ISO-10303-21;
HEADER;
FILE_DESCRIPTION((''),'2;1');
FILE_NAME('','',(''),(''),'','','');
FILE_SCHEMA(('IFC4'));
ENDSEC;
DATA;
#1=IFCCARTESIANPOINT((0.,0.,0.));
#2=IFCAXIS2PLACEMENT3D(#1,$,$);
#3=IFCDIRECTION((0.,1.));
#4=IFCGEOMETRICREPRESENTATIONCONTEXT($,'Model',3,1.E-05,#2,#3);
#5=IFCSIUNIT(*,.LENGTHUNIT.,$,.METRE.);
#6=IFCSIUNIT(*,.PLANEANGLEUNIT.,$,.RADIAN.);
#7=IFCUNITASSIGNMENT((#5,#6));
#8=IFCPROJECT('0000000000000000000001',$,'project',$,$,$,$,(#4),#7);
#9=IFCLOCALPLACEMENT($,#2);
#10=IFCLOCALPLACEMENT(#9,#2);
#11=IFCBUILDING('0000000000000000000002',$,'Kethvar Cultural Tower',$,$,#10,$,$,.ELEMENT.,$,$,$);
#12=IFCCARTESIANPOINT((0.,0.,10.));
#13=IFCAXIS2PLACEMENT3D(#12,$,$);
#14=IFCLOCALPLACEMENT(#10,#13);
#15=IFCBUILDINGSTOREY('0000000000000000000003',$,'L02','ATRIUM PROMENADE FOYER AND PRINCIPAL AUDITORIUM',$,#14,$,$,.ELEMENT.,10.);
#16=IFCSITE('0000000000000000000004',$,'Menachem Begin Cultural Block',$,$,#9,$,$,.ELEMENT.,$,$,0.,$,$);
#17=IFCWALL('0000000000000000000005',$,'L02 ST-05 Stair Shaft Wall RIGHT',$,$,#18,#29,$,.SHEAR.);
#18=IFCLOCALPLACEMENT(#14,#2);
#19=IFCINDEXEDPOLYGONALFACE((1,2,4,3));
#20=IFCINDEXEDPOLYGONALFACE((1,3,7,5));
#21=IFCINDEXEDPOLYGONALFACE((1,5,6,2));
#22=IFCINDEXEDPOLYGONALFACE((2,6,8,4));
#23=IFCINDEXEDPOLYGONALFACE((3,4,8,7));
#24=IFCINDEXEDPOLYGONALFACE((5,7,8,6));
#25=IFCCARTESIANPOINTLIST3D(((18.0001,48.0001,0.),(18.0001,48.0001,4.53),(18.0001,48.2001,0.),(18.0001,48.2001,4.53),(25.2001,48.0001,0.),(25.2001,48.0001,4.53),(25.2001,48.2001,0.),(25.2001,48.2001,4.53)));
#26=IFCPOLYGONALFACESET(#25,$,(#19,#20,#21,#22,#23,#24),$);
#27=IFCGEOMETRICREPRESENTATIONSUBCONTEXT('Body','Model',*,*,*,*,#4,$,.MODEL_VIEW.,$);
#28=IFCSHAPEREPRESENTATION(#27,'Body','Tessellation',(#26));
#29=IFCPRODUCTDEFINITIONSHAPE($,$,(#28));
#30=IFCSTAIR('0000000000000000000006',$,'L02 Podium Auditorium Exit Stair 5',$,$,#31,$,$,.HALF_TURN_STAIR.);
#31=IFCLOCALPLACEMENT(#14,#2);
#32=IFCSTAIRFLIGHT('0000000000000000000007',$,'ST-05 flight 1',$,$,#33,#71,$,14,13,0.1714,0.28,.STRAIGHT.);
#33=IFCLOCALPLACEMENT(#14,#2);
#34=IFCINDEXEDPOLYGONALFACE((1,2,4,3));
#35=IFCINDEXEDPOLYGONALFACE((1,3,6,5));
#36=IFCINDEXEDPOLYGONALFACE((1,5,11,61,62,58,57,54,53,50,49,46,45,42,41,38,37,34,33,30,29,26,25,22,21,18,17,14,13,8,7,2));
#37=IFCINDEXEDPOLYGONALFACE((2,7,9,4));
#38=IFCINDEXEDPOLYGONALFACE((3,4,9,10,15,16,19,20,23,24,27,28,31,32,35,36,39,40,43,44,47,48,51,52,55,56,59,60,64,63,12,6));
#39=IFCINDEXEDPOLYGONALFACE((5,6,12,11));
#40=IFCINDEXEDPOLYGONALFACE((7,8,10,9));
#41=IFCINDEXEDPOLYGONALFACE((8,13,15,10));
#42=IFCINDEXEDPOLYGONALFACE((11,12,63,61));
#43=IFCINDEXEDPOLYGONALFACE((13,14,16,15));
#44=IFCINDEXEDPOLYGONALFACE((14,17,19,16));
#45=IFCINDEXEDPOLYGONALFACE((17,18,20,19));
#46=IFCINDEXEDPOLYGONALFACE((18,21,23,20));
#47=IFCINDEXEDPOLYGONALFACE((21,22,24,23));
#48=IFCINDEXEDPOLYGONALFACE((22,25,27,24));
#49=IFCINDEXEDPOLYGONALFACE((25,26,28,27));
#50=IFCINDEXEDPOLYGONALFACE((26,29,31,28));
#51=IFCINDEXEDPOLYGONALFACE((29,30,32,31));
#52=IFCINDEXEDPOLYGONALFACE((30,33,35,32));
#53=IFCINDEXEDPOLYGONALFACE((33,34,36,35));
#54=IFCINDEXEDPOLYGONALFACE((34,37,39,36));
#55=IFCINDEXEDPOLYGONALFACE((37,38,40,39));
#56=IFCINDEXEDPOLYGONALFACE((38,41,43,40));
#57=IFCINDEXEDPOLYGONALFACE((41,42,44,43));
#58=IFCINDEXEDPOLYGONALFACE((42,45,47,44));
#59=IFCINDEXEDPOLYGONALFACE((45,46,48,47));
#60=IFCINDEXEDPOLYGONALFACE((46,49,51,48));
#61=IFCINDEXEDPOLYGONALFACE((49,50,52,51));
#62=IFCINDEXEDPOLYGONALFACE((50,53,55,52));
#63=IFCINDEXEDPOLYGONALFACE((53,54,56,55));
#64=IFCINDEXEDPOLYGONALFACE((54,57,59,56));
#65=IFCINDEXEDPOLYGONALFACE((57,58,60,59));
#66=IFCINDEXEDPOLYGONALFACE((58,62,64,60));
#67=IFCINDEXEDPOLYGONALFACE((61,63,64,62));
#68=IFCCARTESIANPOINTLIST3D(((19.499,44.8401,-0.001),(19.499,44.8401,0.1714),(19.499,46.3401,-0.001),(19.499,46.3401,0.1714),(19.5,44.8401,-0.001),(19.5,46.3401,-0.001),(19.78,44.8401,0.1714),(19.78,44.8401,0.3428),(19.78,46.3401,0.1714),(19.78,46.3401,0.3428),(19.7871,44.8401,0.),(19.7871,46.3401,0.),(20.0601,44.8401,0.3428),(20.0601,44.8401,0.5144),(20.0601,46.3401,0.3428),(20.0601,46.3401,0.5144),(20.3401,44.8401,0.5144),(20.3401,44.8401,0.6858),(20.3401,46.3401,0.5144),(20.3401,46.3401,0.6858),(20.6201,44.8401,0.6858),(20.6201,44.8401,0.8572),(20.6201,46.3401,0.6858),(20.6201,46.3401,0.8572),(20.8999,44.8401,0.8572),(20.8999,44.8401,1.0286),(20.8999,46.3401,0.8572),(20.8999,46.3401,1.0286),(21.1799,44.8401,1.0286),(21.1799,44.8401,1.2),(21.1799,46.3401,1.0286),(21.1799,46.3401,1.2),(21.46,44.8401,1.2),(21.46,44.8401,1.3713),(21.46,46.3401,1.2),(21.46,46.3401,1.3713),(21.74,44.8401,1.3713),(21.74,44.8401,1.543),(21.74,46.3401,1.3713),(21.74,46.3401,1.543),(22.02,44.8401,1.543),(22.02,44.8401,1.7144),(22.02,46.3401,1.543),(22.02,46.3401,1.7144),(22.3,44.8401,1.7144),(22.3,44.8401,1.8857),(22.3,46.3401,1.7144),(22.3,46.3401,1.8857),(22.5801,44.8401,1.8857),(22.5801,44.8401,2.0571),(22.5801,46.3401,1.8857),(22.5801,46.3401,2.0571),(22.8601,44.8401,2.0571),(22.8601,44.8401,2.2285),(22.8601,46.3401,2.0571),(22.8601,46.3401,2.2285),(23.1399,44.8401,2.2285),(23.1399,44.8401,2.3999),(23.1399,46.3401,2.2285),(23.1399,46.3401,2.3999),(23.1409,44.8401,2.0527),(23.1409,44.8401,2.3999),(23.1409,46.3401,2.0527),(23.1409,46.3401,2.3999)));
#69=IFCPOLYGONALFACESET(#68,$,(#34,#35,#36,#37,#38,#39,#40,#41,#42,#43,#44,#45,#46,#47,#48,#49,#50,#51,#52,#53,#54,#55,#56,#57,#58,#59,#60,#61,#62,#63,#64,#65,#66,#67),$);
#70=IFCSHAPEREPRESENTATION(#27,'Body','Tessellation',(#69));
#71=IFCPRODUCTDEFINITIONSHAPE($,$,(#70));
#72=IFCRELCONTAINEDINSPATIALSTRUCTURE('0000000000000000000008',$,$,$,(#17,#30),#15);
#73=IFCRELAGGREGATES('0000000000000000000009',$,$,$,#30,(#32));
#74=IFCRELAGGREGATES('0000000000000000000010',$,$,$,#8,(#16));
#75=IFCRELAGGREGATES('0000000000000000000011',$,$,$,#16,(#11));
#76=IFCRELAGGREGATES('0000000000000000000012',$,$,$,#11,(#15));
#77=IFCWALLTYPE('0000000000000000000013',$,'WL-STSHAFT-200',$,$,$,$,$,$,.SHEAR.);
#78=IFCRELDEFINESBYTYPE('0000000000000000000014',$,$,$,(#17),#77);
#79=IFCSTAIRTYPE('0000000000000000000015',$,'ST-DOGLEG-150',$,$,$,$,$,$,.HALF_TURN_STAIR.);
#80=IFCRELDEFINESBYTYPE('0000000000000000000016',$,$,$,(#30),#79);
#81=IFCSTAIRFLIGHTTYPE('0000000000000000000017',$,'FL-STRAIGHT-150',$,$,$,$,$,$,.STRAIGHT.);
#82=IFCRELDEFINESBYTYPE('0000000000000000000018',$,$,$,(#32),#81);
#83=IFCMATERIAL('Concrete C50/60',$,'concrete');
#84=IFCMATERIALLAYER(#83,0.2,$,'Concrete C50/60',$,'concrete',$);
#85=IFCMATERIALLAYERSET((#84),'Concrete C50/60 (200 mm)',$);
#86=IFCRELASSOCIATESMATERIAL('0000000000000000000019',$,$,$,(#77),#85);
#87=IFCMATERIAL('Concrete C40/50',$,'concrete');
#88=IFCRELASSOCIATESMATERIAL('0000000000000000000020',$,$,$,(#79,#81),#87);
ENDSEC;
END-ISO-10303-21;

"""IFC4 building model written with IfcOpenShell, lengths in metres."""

from ifc_helpers import new_model, si_unit, direction, frame, frame_2d, origin, place, context, subcontext, project, spatial, polyline, rectangle, outline, extrude, material, layer, layer_set, type_object, element, aggregate, save


model = new_model("IFC4")

# Units and contexts
model_context = context("Model", 3, precision=1e-05, world=origin(), true_north=direction((0.0, 1.0)))
body_context = subcontext(model_context, "Body", "Model", "MODEL_VIEW")
ifc_project = project(units=[si_unit("LENGTHUNIT", "METRE"), si_unit("PLANEANGLEUNIT", "RADIAN")], contexts=[model_context])

# Site, building, storey
site_placement = place(None, origin())
site = spatial("IfcSite", under=ifc_project, at=site_placement, Name="Menachem Begin Cultural Block", CompositionType="ELEMENT", RefElevation=0.0)
building_placement = place(site_placement, origin())
building = spatial("IfcBuilding", under=site, at=building_placement, Name="Kethvar Cultural Tower", CompositionType="ELEMENT")
storey_placement = place(building_placement, frame((0.0, 0.0, 10.0)))
storey = spatial("IfcBuildingStorey", under=building, at=storey_placement, Name="L02", Description="ATRIUM PROMENADE FOYER AND PRINCIPAL AUDITORIUM", CompositionType="ELEMENT", Elevation=10.0)

# Wall
ifc_material_1 = material(Name="Concrete C50/60", Category="concrete")
ifc_layer_1 = layer(ifc_material_1, 0.2, Name="Concrete C50/60", Category="concrete")
ifc_layer_set_1 = layer_set([ifc_layer_1], Name="Concrete C50/60 (200 mm)")
wall_type = type_object("IfcWallType", Name="WL-STSHAFT-200", PredefinedType="SHEAR", material=ifc_layer_set_1)
wall_placement = place(storey_placement, frame((18.0, 48.1001, 0.0), z_axis=(0.0, 0.0, 1.0), x_axis=(1.0, 0.0, 0.0)))
element("IfcWall", 1, at=wall_placement, inside=storey, type_object=wall_type, Name="L02 ST-05 Stair Shaft Wall RIGHT", PredefinedType="SHEAR", context=body_context, shape_type="SweptSolid", body=[
    extrude(rectangle(XDim=7.2, YDim=0.2, at=frame_2d((3.6001, 0.0))), origin(), (0.0, 0.0, 1.0), 4.53),
])

# Stair, stair flight
ifc_material_2 = material(Name="Concrete C40/50", Category="concrete")
stair_type = type_object("IfcStairType", Name="ST-DOGLEG-150", PredefinedType="HALF_TURN_STAIR", material=ifc_material_2)
stair_placement = place(storey_placement, origin())
stair = element("IfcStair", 2, at=stair_placement, inside=storey, type_object=stair_type, Name="L02 Podium Auditorium Exit Stair 5", PredefinedType="HALF_TURN_STAIR")
stair_flight_type = type_object("IfcStairFlightType", Name="FL-STRAIGHT-150", PredefinedType="STRAIGHT", material=ifc_material_2)
stair_flight_placement = place(storey_placement, frame((19.5, 45.5901, 0.0), z_axis=(0.0, 0.0, 1.0), x_axis=(1.0, 0.0, 0.0)))
stair_flight = element("IfcStairFlight", 3, at=stair_flight_placement, type_object=stair_flight_type, Name="ST-05 flight 1", NumberOfRisers=14, NumberOfTreads=13, PredefinedType="STRAIGHT", RiserHeight=0.1714, TreadLength=0.28, context=body_context, shape_type="SweptSolid", body=[
    extrude(outline(polyline([(-0.001, -0.001), (-0.001, 0.1714), (0.28, 0.1714), (0.28, 0.3428), (0.5601, 0.3428), (0.5601, 0.5144), (0.8401, 0.5144), (0.8401, 0.6858), (1.1201, 0.6858), (1.1201, 0.8572), (1.3999, 0.8572), (1.3999, 1.0286), (1.6799, 1.0286), (1.6799, 1.2), (1.96, 1.2), (1.96, 1.3713), (2.24, 1.3713), (2.24, 1.543), (2.52, 1.543), (2.52, 1.7144), (2.8, 1.7144), (2.8, 1.8857), (3.0801, 1.8857), (3.0801, 2.0571), (3.3601, 2.0571), (3.3601, 2.2285), (3.6399, 2.2285), (3.6399, 2.3999), (3.6409, 2.3999), (3.6409, 2.0527), (0.2871, 0.0), (0.0, -0.001), (-0.001, -0.001)])), frame((0.0, 0.75, 0.0), z_axis=(0.0, -1.0, 0.0), x_axis=(1.0, 0.0, 0.0)), (0.0, 0.0, 1.0), 1.5),
])
aggregate(stair, [stair_flight])

save(model, "model.ifc")
